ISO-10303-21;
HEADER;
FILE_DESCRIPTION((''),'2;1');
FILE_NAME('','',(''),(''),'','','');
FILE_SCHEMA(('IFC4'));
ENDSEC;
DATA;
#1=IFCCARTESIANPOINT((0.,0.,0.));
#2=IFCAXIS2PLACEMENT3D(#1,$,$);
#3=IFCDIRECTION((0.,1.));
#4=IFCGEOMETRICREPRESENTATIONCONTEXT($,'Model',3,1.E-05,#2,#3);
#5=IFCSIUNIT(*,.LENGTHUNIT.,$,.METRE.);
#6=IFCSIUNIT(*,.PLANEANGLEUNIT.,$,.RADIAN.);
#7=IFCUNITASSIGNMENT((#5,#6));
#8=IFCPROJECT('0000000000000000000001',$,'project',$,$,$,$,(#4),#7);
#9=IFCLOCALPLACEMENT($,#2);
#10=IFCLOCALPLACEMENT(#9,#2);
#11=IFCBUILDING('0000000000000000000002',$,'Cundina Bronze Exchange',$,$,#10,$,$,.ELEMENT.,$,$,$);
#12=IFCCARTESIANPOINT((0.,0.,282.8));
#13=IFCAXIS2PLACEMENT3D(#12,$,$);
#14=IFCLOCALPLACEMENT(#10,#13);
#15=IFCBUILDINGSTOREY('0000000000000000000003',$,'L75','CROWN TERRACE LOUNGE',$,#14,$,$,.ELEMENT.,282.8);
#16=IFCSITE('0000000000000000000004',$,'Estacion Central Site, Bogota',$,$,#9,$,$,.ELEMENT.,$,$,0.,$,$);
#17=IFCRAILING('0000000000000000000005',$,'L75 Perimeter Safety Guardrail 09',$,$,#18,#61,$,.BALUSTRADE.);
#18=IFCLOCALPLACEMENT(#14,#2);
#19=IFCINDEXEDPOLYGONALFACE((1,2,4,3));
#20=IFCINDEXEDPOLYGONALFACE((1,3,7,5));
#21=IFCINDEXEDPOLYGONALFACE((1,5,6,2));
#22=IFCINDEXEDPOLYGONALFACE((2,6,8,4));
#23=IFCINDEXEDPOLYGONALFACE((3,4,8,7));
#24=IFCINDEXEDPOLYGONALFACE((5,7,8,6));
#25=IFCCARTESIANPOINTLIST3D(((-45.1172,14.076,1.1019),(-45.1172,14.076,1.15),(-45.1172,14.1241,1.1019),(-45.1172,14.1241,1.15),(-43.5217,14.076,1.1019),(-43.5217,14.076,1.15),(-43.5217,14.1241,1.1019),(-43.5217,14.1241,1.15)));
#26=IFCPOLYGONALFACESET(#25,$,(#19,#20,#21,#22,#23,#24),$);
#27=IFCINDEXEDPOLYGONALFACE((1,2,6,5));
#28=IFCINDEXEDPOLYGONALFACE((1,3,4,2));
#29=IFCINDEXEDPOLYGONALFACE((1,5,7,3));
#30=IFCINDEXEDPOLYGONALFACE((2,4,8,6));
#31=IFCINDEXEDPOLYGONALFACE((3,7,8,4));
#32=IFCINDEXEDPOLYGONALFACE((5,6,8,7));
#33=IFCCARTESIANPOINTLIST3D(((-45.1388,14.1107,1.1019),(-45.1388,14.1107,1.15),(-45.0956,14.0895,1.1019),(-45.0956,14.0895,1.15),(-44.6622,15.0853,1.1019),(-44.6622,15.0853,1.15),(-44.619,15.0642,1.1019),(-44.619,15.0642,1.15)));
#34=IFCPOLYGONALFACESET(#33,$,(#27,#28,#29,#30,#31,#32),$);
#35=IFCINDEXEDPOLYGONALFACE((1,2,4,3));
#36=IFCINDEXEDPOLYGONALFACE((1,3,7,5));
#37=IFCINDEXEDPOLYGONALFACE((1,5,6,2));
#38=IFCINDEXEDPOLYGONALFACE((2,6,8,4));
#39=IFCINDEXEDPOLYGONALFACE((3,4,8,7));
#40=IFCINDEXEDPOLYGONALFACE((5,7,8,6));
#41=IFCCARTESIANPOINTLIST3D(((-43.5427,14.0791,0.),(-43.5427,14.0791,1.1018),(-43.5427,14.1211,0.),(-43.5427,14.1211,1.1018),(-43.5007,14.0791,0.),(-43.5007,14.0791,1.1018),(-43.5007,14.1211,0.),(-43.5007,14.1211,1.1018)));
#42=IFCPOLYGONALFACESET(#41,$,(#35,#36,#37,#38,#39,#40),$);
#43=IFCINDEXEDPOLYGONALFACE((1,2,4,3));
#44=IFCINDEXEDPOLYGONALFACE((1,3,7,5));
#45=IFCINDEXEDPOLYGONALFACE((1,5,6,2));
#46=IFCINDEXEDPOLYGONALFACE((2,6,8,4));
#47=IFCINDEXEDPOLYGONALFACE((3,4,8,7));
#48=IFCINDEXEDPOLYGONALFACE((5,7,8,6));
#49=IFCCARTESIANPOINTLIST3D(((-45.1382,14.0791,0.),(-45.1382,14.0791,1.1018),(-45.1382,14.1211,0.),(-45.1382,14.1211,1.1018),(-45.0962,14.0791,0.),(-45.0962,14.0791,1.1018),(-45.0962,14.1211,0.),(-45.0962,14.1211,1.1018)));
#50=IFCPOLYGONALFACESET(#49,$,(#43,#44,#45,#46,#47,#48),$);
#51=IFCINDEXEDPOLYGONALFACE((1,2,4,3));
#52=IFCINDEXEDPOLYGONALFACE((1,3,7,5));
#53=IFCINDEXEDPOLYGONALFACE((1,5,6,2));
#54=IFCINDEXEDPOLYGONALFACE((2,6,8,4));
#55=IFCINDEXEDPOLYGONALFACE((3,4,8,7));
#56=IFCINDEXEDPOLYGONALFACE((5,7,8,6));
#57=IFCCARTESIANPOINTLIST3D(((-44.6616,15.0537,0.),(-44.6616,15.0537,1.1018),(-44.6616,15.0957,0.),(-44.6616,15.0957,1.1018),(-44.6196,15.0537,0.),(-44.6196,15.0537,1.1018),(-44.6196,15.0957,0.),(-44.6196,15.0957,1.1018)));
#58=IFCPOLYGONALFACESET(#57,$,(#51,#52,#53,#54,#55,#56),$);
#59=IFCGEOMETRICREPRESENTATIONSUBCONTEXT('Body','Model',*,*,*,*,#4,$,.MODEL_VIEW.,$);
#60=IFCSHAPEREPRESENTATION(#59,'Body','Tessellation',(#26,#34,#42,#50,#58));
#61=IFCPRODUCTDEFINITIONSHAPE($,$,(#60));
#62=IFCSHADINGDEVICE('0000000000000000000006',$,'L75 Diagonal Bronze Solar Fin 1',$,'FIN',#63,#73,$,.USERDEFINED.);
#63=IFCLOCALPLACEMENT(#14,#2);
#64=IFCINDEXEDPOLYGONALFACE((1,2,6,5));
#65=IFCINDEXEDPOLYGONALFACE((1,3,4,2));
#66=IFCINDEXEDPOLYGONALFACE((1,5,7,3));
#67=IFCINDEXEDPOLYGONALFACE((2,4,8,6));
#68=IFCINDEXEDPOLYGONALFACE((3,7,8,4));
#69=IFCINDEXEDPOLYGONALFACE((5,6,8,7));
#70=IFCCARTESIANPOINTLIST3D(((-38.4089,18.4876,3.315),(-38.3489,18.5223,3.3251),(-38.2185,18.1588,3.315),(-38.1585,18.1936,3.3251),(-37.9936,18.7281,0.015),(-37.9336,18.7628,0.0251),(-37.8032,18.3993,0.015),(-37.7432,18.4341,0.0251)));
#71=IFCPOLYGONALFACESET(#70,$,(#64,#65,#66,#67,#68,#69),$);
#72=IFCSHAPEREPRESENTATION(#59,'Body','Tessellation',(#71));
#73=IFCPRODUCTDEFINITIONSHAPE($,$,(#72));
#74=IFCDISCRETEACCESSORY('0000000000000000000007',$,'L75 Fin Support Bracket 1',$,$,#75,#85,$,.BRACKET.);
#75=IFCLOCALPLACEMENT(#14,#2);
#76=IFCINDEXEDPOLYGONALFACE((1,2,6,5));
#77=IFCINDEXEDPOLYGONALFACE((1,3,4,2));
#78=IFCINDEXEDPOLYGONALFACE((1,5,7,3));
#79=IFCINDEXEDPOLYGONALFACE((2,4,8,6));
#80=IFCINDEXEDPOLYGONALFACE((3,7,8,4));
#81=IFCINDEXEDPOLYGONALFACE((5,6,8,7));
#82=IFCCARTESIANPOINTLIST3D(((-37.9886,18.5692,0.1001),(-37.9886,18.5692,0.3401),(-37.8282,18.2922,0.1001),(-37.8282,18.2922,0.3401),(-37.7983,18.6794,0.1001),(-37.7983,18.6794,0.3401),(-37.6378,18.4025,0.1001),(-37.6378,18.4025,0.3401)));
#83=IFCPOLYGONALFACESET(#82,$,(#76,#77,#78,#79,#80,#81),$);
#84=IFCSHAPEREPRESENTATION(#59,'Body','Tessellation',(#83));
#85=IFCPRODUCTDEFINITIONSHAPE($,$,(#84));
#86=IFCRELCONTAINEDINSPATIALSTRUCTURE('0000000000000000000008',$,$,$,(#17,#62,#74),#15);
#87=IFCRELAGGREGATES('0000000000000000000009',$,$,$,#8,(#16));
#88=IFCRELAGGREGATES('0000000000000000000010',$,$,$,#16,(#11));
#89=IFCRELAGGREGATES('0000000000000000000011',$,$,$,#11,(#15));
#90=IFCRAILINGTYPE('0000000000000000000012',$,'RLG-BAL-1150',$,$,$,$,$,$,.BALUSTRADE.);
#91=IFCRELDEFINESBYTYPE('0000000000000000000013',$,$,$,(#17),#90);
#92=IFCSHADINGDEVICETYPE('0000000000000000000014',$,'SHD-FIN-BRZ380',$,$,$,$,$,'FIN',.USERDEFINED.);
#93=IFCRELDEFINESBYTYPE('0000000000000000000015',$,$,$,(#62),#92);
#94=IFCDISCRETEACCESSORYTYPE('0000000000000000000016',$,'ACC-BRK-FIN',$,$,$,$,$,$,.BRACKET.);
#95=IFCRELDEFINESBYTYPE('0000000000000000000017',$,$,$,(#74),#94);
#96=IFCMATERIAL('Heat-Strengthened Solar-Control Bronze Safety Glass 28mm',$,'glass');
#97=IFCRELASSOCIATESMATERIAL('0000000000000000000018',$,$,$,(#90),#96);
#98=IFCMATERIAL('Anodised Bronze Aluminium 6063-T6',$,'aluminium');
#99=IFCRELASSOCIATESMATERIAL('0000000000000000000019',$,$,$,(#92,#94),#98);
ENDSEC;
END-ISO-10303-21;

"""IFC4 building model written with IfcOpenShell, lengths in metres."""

from ifc_helpers import new_model, si_unit, direction, frame, origin, origin_2d, place, context, subcontext, project, spatial, rectangle, extrude, material, material_profile, profile_set, type_object, element, save


model = new_model("IFC4")

# Units and contexts
model_context = context("Model", 3, precision=1e-05, world=origin(), true_north=direction((0.0, 1.0)))
body_context = subcontext(model_context, "Body", "Model", "MODEL_VIEW")
ifc_project = project(units=[si_unit("LENGTHUNIT", "METRE"), si_unit("PLANEANGLEUNIT", "RADIAN")], contexts=[model_context])

# Site, building, storey
site_placement = place(None, origin())
site = spatial("IfcSite", under=ifc_project, at=site_placement, Name="Estacion Central Site, Bogota", CompositionType="ELEMENT", RefElevation=0.0)
building_placement = place(site_placement, origin())
building = spatial("IfcBuilding", under=site, at=building_placement, Name="Cundina Bronze Exchange", CompositionType="ELEMENT")
storey_placement = place(building_placement, frame((0.0, 0.0, 282.8)))
storey = spatial("IfcBuildingStorey", under=building, at=storey_placement, Name="L75", Description="CROWN TERRACE LOUNGE", CompositionType="ELEMENT", Elevation=282.8)

# Shared definitions
ifc_material_1 = material(Name="Anodised Bronze Aluminium 6063-T6", Category="aluminium")

# Railing
ifc_material_2 = material(Name="Heat-Strengthened Solar-Control Bronze Safety Glass 28mm", Category="glass")
railing_type = type_object("IfcRailingType", Name="RLG-BAL-1150", PredefinedType="BALUSTRADE", material=ifc_material_2)
railing_1_placement = place(storey_placement, frame((-43.5217, 14.1001, 0.0)))
element("IfcRailing", 1, at=railing_1_placement, inside=storey, type_object=railing_type, Name="L75 Perimeter Safety Guardrail 09", PredefinedType="BALUSTRADE", context=body_context, shape_type="SweptSolid", body=[
    extrude(rectangle(XDim=0.0481, YDim=0.0481, at=origin_2d()), frame((0.0, 0.0, 1.126), z_axis=(-1.0, 0.0, 0.0), x_axis=(0.0, -1.0, 0.0)), (0.0, 0.0, 1.0), 1.5955),
    extrude(rectangle(XDim=0.0481, YDim=0.0481, at=origin_2d()), frame((-1.5955, 0.0, 1.126), z_axis=(0.439275, 0.898353, 0.0), x_axis=(-0.898353, 0.439275, 0.0)), (0.0, 0.0, 1.0), 1.085),
    extrude(rectangle(XDim=0.042, YDim=0.042, at=origin_2d()), origin(), (0.0, 0.0, 1.0), 1.1018),
    extrude(rectangle(XDim=0.042, YDim=0.042, at=origin_2d()), frame((-1.5955, 0.0, 0.0)), (0.0, 0.0, 1.0), 1.1018),
    extrude(rectangle(XDim=0.042, YDim=0.042, at=origin_2d()), frame((-1.1189, 0.9746, 0.0)), (0.0, 0.0, 1.0), 1.1018),
])

# Shading device
ifc_material_profile_1 = material_profile(ifc_material_1, rectangle(XDim=0.0701, YDim=0.3799, at=origin_2d()), Name="FIN70X380", Category="aluminium")
ifc_profile_set_1 = profile_set([ifc_material_profile_1], Name="Anodised Bronze Aluminium 6063-T6")
shading_device_type = type_object("IfcShadingDeviceType", Name="SHD-FIN-BRZ380", ElementType="FIN", PredefinedType="USERDEFINED", material=ifc_profile_set_1)
shading_device_placement = place(storey_placement, frame((-37.8684, 18.5811, 0.02), z_axis=(-0.124532, -0.072113, 0.989592), x_axis=(0.856373, 0.495901, 0.143904)))
element("IfcShadingDevice", 2, at=shading_device_placement, inside=storey, type_object=shading_device_type, Name="L75 Diagonal Bronze Solar Fin 1", ObjectType="FIN", PredefinedType="USERDEFINED", context=body_context, shape_type="SweptSolid", body=[
    extrude(rectangle(XDim=0.0701, YDim=0.3799, at=origin_2d()), origin(), (0.0, 0.0, 1.0), 3.3347),
])

# Discrete accessory
discrete_accessory_type = type_object("IfcDiscreteAccessoryType", Name="ACC-BRK-FIN", PredefinedType="BRACKET", material=ifc_material_1)
discrete_accessory_placement = place(storey_placement, frame((-37.8132, 18.4858, 0.1001), z_axis=(0.0, 0.0, 1.0), x_axis=(-0.865309, -0.501239, 0.0)))
element("IfcDiscreteAccessory", 3, at=discrete_accessory_placement, inside=storey, type_object=discrete_accessory_type, Name="L75 Fin Support Bracket 1", PredefinedType="BRACKET", context=body_context, shape_type="SweptSolid", body=[
    extrude(rectangle(XDim=0.22, YDim=0.3201, at=origin_2d()), origin(), (0.0, 0.0, 1.0), 0.24),
])

save(model, "model.ifc")
